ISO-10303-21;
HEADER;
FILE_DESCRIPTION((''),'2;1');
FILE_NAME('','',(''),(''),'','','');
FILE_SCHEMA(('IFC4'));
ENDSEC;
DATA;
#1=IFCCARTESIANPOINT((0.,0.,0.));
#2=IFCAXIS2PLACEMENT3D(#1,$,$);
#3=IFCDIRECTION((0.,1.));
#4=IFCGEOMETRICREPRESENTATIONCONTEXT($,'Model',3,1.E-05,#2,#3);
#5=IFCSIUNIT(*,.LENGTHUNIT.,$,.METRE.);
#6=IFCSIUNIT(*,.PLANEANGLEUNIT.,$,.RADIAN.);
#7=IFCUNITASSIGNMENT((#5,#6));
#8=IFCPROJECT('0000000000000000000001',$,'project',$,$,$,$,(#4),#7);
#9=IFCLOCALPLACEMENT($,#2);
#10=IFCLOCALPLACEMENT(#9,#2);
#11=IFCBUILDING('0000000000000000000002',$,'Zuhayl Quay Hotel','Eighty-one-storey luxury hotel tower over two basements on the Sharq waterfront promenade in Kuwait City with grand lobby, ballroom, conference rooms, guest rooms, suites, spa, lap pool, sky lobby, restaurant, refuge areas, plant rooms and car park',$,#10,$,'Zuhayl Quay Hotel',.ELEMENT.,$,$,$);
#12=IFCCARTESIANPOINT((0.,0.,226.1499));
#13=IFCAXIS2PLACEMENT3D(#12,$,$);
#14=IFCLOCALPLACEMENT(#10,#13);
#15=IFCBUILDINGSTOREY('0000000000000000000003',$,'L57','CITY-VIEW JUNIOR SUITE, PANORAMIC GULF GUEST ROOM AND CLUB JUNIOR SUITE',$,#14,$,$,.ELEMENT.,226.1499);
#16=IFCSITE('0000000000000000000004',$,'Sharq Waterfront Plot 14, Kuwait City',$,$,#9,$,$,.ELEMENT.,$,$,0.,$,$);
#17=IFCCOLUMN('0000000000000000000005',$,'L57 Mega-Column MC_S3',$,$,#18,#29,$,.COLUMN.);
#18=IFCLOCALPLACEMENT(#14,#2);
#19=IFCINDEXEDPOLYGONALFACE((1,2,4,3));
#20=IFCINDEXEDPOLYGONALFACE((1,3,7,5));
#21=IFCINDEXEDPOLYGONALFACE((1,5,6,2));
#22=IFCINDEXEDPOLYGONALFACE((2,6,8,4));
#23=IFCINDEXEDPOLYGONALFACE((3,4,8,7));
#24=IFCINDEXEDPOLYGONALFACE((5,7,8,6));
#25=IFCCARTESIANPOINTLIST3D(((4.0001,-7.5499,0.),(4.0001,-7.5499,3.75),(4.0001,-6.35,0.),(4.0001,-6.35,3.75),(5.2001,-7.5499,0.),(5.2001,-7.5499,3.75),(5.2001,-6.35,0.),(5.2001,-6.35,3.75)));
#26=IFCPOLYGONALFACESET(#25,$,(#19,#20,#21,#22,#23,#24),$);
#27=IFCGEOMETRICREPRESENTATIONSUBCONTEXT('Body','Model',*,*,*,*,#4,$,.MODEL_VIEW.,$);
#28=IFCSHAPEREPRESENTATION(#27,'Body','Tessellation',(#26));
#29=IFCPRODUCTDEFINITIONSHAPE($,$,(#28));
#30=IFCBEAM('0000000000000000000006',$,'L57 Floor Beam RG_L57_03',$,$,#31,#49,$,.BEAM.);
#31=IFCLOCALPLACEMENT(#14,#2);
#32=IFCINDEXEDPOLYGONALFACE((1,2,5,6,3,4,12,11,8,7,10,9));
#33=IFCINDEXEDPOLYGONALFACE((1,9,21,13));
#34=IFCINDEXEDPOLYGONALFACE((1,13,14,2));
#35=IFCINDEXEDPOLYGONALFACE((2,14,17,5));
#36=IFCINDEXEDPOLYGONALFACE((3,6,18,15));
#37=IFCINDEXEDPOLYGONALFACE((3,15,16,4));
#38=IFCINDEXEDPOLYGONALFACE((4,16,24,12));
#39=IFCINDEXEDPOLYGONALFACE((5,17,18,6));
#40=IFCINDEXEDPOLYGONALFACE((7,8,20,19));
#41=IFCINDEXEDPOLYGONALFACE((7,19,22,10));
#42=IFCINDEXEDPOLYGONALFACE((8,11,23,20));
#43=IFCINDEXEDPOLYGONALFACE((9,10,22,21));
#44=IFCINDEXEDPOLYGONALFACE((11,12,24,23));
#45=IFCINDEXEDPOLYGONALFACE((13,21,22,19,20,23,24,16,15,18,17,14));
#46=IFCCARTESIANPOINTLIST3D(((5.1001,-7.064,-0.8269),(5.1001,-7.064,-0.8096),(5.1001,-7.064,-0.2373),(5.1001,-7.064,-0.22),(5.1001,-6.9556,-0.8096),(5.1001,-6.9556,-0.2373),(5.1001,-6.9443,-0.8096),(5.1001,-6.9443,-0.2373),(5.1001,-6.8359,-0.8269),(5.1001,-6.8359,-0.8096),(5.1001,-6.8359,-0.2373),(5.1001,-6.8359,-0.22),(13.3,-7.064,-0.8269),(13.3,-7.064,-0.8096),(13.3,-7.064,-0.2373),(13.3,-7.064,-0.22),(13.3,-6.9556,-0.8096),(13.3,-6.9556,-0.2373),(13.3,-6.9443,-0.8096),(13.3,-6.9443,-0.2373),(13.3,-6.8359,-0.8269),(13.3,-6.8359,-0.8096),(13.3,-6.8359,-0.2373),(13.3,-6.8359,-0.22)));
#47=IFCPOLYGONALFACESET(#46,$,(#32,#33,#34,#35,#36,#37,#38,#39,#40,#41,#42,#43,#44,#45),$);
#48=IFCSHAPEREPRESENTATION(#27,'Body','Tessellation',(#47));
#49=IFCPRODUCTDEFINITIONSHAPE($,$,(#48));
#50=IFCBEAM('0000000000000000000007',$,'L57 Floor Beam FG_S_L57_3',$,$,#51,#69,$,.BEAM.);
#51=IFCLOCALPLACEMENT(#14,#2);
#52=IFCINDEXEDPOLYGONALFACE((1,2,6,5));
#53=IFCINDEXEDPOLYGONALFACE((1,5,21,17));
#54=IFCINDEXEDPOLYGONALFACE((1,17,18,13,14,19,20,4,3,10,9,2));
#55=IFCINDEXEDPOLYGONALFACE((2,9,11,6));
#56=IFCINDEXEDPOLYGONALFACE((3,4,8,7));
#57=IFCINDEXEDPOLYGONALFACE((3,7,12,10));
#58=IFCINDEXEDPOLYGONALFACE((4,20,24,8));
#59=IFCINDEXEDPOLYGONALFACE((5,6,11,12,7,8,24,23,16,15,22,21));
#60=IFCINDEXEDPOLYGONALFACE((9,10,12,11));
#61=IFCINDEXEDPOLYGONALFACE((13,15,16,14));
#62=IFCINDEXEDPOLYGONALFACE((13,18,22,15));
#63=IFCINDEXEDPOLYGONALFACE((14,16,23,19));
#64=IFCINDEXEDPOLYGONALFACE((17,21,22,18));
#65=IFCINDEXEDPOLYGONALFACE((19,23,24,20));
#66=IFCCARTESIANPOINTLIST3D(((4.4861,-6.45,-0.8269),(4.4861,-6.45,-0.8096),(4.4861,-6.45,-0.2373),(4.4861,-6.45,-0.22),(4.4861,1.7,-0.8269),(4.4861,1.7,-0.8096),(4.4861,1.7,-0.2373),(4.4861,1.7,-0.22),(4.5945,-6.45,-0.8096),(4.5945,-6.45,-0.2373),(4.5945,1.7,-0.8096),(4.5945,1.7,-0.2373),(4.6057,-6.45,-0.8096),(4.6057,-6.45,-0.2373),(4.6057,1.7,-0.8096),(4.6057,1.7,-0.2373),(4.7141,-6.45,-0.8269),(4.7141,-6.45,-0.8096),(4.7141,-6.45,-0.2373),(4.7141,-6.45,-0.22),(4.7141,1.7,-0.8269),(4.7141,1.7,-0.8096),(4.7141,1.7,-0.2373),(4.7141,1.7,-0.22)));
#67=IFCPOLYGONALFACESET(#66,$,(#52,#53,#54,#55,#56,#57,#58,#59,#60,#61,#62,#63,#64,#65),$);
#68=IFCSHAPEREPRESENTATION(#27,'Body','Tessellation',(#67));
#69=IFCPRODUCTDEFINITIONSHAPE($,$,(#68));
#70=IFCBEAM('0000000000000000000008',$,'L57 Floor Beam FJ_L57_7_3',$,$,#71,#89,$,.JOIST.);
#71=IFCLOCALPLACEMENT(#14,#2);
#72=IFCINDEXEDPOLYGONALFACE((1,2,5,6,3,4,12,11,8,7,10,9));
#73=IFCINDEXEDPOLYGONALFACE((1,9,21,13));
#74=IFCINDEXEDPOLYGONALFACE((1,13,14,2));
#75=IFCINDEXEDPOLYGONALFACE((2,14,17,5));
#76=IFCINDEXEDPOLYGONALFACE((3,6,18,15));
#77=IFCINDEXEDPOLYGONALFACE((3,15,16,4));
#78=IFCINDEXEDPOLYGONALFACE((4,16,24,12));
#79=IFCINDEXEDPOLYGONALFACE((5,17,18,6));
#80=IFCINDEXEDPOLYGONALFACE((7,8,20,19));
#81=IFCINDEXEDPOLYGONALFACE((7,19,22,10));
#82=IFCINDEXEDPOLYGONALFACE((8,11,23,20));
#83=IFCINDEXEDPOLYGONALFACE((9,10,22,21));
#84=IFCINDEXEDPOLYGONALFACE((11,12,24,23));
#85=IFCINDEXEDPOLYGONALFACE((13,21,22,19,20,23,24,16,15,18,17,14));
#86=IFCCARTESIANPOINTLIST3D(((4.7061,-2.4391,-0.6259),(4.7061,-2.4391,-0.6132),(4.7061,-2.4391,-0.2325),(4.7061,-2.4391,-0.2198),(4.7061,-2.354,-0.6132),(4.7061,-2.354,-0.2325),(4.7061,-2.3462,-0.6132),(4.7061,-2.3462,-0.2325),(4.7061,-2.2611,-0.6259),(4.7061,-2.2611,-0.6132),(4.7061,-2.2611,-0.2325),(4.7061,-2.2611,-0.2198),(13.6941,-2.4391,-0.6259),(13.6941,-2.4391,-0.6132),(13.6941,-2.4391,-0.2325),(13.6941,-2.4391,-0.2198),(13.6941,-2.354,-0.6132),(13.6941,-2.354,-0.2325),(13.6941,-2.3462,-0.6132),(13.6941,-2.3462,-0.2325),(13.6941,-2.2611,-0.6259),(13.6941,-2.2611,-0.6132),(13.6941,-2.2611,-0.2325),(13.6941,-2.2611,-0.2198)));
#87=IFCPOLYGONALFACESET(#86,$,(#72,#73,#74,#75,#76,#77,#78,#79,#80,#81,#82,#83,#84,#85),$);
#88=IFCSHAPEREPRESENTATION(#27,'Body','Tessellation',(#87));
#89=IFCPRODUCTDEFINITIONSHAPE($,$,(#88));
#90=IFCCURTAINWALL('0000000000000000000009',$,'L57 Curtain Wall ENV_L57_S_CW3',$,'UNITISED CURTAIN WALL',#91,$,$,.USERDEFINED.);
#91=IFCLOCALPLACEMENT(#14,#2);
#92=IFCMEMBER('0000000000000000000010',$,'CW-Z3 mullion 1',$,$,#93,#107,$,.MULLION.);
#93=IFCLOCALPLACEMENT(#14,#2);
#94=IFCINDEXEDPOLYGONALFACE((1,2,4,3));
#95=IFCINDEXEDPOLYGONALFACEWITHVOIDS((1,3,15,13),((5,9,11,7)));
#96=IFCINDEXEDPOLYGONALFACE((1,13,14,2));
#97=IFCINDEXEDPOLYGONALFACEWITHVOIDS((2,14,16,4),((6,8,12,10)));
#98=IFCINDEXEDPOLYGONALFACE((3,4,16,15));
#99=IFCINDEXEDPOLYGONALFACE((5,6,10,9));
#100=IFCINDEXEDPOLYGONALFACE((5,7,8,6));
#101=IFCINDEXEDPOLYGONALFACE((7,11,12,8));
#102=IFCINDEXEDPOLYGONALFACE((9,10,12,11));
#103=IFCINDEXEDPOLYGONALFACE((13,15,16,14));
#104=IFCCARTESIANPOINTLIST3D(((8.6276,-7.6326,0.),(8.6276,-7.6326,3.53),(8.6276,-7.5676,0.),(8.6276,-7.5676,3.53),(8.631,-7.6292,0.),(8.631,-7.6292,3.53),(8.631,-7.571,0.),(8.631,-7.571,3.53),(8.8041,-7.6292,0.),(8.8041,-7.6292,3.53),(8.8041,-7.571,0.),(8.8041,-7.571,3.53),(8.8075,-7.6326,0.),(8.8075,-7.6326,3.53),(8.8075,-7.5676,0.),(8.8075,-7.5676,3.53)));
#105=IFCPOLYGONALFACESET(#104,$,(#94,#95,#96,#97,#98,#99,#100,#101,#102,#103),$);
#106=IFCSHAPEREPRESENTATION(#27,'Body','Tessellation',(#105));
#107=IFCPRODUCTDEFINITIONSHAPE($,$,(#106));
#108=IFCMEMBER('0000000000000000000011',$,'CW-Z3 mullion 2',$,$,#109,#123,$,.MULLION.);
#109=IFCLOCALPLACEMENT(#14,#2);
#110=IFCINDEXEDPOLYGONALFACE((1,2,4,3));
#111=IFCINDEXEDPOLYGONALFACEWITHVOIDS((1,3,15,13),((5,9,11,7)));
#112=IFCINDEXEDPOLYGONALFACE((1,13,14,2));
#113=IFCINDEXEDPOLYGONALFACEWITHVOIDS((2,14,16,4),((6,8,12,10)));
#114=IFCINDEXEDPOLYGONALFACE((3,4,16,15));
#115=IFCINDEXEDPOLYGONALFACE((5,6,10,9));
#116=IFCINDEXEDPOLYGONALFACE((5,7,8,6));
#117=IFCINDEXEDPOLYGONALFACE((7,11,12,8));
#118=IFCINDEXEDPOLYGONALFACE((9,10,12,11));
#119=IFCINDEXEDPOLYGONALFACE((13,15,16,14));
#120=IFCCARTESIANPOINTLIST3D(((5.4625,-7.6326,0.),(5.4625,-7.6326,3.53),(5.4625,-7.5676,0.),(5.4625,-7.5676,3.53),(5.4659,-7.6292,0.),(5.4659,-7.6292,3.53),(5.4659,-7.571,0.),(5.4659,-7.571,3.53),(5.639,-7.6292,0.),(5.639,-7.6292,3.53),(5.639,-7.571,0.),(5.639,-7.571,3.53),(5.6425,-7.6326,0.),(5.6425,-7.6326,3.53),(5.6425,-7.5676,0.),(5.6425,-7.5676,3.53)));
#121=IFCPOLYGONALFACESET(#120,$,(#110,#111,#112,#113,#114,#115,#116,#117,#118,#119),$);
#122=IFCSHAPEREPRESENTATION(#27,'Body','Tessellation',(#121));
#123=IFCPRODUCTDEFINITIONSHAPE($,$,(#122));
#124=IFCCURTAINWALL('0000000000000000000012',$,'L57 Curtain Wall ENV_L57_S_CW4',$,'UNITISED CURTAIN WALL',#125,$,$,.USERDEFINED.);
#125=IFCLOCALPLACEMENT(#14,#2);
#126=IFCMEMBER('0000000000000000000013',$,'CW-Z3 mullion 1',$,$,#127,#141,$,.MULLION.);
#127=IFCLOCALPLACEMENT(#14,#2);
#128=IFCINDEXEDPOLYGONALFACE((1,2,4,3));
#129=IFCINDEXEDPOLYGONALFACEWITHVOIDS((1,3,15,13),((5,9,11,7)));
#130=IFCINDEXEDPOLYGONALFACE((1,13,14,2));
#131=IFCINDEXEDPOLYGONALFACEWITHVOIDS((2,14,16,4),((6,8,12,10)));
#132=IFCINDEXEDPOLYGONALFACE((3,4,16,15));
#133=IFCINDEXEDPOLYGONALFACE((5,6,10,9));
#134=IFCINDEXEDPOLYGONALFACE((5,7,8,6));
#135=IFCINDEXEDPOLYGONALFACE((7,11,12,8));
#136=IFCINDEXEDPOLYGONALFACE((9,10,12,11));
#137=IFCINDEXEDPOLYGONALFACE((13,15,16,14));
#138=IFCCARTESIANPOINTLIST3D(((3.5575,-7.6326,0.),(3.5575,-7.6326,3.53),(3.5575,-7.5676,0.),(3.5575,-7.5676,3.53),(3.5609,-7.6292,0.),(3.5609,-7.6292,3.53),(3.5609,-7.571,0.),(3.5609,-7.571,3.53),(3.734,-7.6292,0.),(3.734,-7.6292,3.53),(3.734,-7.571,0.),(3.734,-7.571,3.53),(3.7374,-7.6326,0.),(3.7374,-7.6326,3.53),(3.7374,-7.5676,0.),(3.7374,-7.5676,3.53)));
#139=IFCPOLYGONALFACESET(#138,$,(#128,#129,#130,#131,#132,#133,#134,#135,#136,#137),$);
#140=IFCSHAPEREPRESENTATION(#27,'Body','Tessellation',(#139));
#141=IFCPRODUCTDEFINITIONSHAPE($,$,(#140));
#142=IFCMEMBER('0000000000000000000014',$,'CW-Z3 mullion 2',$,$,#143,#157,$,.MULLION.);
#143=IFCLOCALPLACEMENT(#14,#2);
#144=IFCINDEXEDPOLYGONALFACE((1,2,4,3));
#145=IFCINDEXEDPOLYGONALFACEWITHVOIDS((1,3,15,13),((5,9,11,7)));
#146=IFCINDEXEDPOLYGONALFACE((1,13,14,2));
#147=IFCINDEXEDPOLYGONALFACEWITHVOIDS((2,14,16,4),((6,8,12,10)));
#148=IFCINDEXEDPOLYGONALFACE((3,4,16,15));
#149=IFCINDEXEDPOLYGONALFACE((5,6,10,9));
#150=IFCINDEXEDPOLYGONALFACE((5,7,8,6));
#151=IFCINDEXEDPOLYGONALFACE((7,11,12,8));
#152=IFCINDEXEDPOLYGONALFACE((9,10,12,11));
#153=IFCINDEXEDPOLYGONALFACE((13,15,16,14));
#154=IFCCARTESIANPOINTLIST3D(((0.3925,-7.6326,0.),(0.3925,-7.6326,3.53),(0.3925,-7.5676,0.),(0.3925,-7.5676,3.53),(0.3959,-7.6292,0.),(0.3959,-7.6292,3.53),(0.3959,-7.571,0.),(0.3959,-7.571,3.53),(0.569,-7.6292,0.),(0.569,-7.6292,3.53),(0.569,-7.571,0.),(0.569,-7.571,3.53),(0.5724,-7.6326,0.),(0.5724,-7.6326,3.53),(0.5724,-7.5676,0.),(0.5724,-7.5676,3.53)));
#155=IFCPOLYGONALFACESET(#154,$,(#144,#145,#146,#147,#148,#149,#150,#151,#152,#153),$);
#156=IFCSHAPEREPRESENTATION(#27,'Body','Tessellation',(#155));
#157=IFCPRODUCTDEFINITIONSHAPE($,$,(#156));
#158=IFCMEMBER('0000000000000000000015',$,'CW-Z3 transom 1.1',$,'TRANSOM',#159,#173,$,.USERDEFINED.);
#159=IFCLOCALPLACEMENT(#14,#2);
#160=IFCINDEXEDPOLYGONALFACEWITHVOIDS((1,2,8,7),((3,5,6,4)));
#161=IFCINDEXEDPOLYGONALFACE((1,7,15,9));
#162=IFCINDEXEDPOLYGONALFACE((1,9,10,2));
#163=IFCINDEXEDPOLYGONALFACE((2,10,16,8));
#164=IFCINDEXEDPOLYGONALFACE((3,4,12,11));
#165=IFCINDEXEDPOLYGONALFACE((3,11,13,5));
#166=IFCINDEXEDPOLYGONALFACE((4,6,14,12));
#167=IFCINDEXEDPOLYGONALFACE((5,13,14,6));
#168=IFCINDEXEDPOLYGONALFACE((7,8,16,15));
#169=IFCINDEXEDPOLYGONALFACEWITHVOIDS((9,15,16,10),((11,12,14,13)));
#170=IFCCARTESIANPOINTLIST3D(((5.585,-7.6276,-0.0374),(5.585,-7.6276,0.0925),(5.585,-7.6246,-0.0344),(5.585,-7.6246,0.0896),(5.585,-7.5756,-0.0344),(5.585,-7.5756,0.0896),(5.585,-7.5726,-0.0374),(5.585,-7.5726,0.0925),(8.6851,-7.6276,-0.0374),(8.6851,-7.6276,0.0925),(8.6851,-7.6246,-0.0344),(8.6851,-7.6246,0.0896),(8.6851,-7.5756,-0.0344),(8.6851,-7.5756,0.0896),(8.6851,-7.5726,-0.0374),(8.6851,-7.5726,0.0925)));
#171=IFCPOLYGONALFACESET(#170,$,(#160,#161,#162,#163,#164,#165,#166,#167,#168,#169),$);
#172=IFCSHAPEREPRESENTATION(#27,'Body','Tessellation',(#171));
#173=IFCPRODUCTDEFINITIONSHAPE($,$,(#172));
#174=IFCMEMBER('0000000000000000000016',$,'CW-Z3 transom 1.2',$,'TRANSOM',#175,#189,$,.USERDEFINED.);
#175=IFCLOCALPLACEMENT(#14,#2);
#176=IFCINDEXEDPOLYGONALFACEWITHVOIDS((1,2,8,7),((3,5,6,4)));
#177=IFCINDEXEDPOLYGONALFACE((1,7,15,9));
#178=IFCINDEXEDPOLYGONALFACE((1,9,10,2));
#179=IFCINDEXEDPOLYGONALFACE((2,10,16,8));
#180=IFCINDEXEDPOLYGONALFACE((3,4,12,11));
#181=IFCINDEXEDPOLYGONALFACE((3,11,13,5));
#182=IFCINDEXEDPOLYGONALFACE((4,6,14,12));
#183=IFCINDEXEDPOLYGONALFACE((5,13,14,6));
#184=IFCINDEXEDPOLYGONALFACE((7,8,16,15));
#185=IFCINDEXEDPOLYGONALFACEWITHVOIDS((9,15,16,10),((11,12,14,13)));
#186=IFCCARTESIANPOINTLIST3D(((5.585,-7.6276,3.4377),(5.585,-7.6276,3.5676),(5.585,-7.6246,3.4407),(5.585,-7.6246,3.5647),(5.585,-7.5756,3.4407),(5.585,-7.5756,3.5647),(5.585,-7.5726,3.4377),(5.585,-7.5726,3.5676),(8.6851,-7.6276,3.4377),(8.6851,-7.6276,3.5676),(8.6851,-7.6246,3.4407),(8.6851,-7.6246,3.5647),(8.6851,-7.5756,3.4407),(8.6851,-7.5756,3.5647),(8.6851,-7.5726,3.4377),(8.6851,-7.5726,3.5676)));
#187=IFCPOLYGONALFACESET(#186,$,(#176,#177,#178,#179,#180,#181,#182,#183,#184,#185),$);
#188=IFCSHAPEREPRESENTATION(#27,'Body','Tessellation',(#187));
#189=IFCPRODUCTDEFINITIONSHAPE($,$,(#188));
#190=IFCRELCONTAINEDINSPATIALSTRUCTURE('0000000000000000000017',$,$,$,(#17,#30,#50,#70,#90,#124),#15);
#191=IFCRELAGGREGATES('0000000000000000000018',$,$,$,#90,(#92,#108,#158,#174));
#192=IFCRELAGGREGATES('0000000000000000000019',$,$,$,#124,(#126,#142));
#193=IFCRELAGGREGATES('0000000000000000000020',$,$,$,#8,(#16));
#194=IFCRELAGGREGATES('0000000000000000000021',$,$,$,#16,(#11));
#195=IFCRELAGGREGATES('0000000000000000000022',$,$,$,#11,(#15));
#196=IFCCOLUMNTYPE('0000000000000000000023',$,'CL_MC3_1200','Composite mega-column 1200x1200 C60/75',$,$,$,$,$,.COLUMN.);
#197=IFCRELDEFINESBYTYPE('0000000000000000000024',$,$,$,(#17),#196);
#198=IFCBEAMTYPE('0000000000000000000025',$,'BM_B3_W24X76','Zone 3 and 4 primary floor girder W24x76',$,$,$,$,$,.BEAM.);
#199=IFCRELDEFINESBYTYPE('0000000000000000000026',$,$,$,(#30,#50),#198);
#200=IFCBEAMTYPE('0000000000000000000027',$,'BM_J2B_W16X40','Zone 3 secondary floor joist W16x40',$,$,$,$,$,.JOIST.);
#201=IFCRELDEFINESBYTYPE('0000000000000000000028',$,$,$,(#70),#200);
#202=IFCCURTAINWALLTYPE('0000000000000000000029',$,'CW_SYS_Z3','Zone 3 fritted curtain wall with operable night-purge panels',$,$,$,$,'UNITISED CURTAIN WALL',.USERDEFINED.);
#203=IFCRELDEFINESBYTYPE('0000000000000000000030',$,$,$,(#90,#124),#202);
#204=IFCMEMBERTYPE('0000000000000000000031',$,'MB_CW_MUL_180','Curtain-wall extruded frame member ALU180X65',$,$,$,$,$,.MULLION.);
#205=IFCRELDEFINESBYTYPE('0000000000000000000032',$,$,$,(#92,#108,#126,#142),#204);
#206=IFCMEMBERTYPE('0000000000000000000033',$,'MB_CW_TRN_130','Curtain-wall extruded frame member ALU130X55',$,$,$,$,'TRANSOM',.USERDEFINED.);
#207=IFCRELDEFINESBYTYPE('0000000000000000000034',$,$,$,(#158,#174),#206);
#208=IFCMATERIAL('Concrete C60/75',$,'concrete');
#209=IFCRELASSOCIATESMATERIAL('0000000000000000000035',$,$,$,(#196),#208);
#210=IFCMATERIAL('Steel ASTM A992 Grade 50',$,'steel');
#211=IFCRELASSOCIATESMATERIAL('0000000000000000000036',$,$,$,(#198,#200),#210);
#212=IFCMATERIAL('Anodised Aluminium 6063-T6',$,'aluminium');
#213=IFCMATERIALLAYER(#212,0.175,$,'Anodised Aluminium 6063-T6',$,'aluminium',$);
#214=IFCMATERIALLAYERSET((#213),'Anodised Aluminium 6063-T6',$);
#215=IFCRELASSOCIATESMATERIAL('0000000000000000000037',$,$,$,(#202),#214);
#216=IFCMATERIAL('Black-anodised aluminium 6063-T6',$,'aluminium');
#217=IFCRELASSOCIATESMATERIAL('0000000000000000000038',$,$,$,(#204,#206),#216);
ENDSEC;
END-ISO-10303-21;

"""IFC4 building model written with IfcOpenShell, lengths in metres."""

from ifc_helpers import new_model, si_unit, direction, frame, origin, origin_2d, place, context, subcontext, project, spatial, rectangle, hollow_rectangle, i_section, extrude, material, layer, layer_set, material_profile, profile_set, type_object, element, aggregate, save


model = new_model("IFC4")

# Units and contexts
model_context = context("Model", 3, precision=1e-05, world=origin(), true_north=direction((0.0, 1.0)))
body_context = subcontext(model_context, "Body", "Model", "MODEL_VIEW")
ifc_project = project(units=[si_unit("LENGTHUNIT", "METRE"), si_unit("PLANEANGLEUNIT", "RADIAN")], contexts=[model_context])

# Site, building, storey
site_placement = place(None, origin())
site = spatial("IfcSite", under=ifc_project, at=site_placement, Name="Sharq Waterfront Plot 14, Kuwait City", CompositionType="ELEMENT", RefElevation=0.0)
building_placement = place(site_placement, origin())
building = spatial("IfcBuilding", under=site, at=building_placement, Name="Zuhayl Quay Hotel", Description="Eighty-one-storey luxury hotel tower over two basements on the Sharq waterfront promenade in Kuwait City with grand lobby, ballroom, conference rooms, guest rooms, suites, spa, lap pool, sky lobby, restaurant, refuge areas, plant rooms and car park", LongName="Zuhayl Quay Hotel", CompositionType="ELEMENT")
storey_placement = place(building_placement, frame((0.0, 0.0, 226.1499)))
storey = spatial("IfcBuildingStorey", under=building, at=storey_placement, Name="L57", Description="CITY-VIEW JUNIOR SUITE, PANORAMIC GULF GUEST ROOM AND CLUB JUNIOR SUITE", CompositionType="ELEMENT", Elevation=226.1499)

# Column
ifc_material_1 = material(Name="Concrete C60/75", Category="concrete")
ifc_material_profile_1 = material_profile(ifc_material_1, rectangle(XDim=1.2, YDim=1.2, at=origin_2d()), Name="RC1200X1200")
ifc_profile_set_1 = profile_set([ifc_material_profile_1], Name="Concrete C60/75")
column_type = type_object("IfcColumnType", Name="CL_MC3_1200", Description="Composite mega-column 1200x1200 C60/75", PredefinedType="COLUMN", material=ifc_profile_set_1)
column_placement = place(storey_placement, frame((4.6001, -6.95, 0.0), z_axis=(0.0, 0.0, 1.0), x_axis=(1.0, 0.0, 0.0)))
element("IfcColumn", 1, at=column_placement, inside=storey, type_object=column_type, Name="L57 Mega-Column MC_S3", PredefinedType="COLUMN", context=body_context, shape_type="SweptSolid", body=[
    extrude(rectangle(XDim=1.2, YDim=1.2, at=origin_2d()), origin(), (0.0, 0.0, 1.0), 3.75),
])

# Beams
ifc_material_2 = material(Name="Steel ASTM A992 Grade 50", Category="steel")
ifc_material_profile_2 = material_profile(ifc_material_2, i_section(OverallWidth=0.228, OverallDepth=0.6069, WebThickness=0.0112, FlangeThickness=0.0173, at=origin_2d()), Name="W24X76")
ifc_profile_set_2 = profile_set([ifc_material_profile_2], Name="Steel ASTM A992 Grade 50")
beam_type_1 = type_object("IfcBeamType", Name="BM_B3_W24X76", Description="Zone 3 and 4 primary floor girder W24x76", PredefinedType="BEAM", material=ifc_profile_set_2)
beam_1_placement = place(storey_placement, frame((5.1001, -6.95, -0.5234), z_axis=(1.0, 0.0, 0.0), x_axis=(0.0, 1.0, 0.0)))
element("IfcBeam", 2, at=beam_1_placement, inside=storey, type_object=beam_type_1, Name="L57 Floor Beam RG_L57_03", PredefinedType="BEAM", context=body_context, shape_type="SweptSolid", body=[
    extrude(i_section(OverallWidth=0.228, OverallDepth=0.6069, WebThickness=0.0112, FlangeThickness=0.0173, at=origin_2d()), origin(), (0.0, 0.0, 1.0), 8.2),
])
beam_2_placement = place(storey_placement, frame((4.6001, -6.45, -0.5234), z_axis=(0.0, 1.0, 0.0), x_axis=(-1.0, 0.0, 0.0)))
element("IfcBeam", 3, at=beam_2_placement, inside=storey, type_object=beam_type_1, Name="L57 Floor Beam FG_S_L57_3", PredefinedType="BEAM", context=body_context, shape_type="SweptSolid", body=[
    extrude(i_section(OverallWidth=0.228, OverallDepth=0.6069, WebThickness=0.0112, FlangeThickness=0.0173, at=origin_2d()), origin(), (0.0, 0.0, 1.0), 8.1499),
])
ifc_material_profile_3 = material_profile(ifc_material_2, i_section(OverallWidth=0.178, OverallDepth=0.406, WebThickness=0.0078, FlangeThickness=0.0127, at=origin_2d()), Name="W16X40")
ifc_profile_set_3 = profile_set([ifc_material_profile_3], Name="Steel ASTM A992 Grade 50")
beam_type_2 = type_object("IfcBeamType", Name="BM_J2B_W16X40", Description="Zone 3 secondary floor joist W16x40", PredefinedType="JOIST", material=ifc_profile_set_3)
beam_3_placement = place(storey_placement, frame((4.7061, -2.3501, -0.4229), z_axis=(1.0, 0.0, 0.0), x_axis=(0.0, 1.0, 0.0)))
element("IfcBeam", 4, at=beam_3_placement, inside=storey, type_object=beam_type_2, Name="L57 Floor Beam FJ_L57_7_3", PredefinedType="JOIST", context=body_context, shape_type="SweptSolid", body=[
    extrude(i_section(OverallWidth=0.178, OverallDepth=0.406, WebThickness=0.0078, FlangeThickness=0.0127, at=origin_2d()), origin(), (0.0, 0.0, 1.0), 8.988),
])

# Curtain walls, members
ifc_material_3 = material(Name="Anodised Aluminium 6063-T6", Category="aluminium")
ifc_layer_1 = layer(ifc_material_3, 0.175, Name="Anodised Aluminium 6063-T6", Category="aluminium")
ifc_layer_set_1 = layer_set([ifc_layer_1], Name="Anodised Aluminium 6063-T6")
curtain_wall_type = type_object("IfcCurtainWallType", Name="CW_SYS_Z3", Description="Zone 3 fritted curtain wall with operable night-purge panels", ElementType="UNITISED CURTAIN WALL", PredefinedType="USERDEFINED", material=ifc_layer_set_1)
curtain_wall_1_placement = place(storey_placement, origin())
curtain_wall_1 = element("IfcCurtainWall", 5, at=curtain_wall_1_placement, inside=storey, type_object=curtain_wall_type, Name="L57 Curtain Wall ENV_L57_S_CW3", ObjectType="UNITISED CURTAIN WALL", PredefinedType="USERDEFINED")
ifc_material_4 = material(Name="Black-anodised aluminium 6063-T6", Category="aluminium")
ifc_material_profile_4 = material_profile(ifc_material_4, hollow_rectangle(XDim=0.0649, YDim=0.1799, WallThickness=0.0034, at=origin_2d()), Name="ALU180X65")
ifc_profile_set_4 = profile_set([ifc_material_profile_4], Name="Black-anodised aluminium 6063-T6")
member_type_1 = type_object("IfcMemberType", Name="MB_CW_MUL_180", Description="Curtain-wall extruded frame member ALU180X65", PredefinedType="MULLION", material=ifc_profile_set_4)
member_1_placement = place(storey_placement, frame((8.7175, -7.6001, 0.0), z_axis=(0.0, 0.0, 1.0), x_axis=(0.0, -1.0, 0.0)))
member_1 = element("IfcMember", 6, at=member_1_placement, type_object=member_type_1, Name="CW-Z3 mullion 1", PredefinedType="MULLION", context=body_context, shape_type="SweptSolid", body=[
    extrude(hollow_rectangle(XDim=0.0649, YDim=0.1799, WallThickness=0.0034, at=origin_2d()), origin(), (0.0, 0.0, 1.0), 3.53),
])
member_2_placement = place(storey_placement, frame((5.5525, -7.6001, 0.0), z_axis=(0.0, 0.0, 1.0), x_axis=(0.0, -1.0, 0.0)))
member_2 = element("IfcMember", 7, at=member_2_placement, type_object=member_type_1, Name="CW-Z3 mullion 2", PredefinedType="MULLION", context=body_context, shape_type="SweptSolid", body=[
    extrude(hollow_rectangle(XDim=0.0649, YDim=0.1799, WallThickness=0.0034, at=origin_2d()), origin(), (0.0, 0.0, 1.0), 3.53),
])
curtain_wall_2_placement = place(storey_placement, origin())
curtain_wall_2 = element("IfcCurtainWall", 8, at=curtain_wall_2_placement, inside=storey, type_object=curtain_wall_type, Name="L57 Curtain Wall ENV_L57_S_CW4", ObjectType="UNITISED CURTAIN WALL", PredefinedType="USERDEFINED")
member_3_placement = place(storey_placement, frame((3.6475, -7.6001, 0.0), z_axis=(0.0, 0.0, 1.0), x_axis=(0.0, -1.0, 0.0)))
member_3 = element("IfcMember", 9, at=member_3_placement, type_object=member_type_1, Name="CW-Z3 mullion 1", PredefinedType="MULLION", context=body_context, shape_type="SweptSolid", body=[
    extrude(hollow_rectangle(XDim=0.0649, YDim=0.1799, WallThickness=0.0034, at=origin_2d()), origin(), (0.0, 0.0, 1.0), 3.53),
])
member_4_placement = place(storey_placement, frame((0.4824, -7.6001, 0.0), z_axis=(0.0, 0.0, 1.0), x_axis=(0.0, -1.0, 0.0)))
member_4 = element("IfcMember", 10, at=member_4_placement, type_object=member_type_1, Name="CW-Z3 mullion 2", PredefinedType="MULLION", context=body_context, shape_type="SweptSolid", body=[
    extrude(hollow_rectangle(XDim=0.0649, YDim=0.1799, WallThickness=0.0034, at=origin_2d()), origin(), (0.0, 0.0, 1.0), 3.53),
])

# Members
ifc_material_profile_5 = material_profile(ifc_material_4, hollow_rectangle(XDim=0.0549, YDim=0.1299, WallThickness=0.0029, at=origin_2d()), Name="ALU130X55")
ifc_profile_set_5 = profile_set([ifc_material_profile_5], Name="Black-anodised aluminium 6063-T6")
member_type_2 = type_object("IfcMemberType", Name="MB_CW_TRN_130", Description="Curtain-wall extruded frame member ALU130X55", ElementType="TRANSOM", PredefinedType="USERDEFINED", material=ifc_profile_set_5)
member_5_placement = place(storey_placement, frame((8.6851, -7.6001, 0.0276), z_axis=(-1.0, 0.0, 0.0), x_axis=(0.0, -1.0, 0.0)))
member_5 = element("IfcMember", 11, at=member_5_placement, type_object=member_type_2, Name="CW-Z3 transom 1.1", ObjectType="TRANSOM", PredefinedType="USERDEFINED", context=body_context, shape_type="SweptSolid", body=[
    extrude(hollow_rectangle(XDim=0.0549, YDim=0.1299, WallThickness=0.0029, at=origin_2d()), origin(), (0.0, 0.0, 1.0), 3.1001),
])
member_6_placement = place(storey_placement, frame((8.6851, -7.6001, 3.5027), z_axis=(-1.0, 0.0, 0.0), x_axis=(0.0, -1.0, 0.0)))
member_6 = element("IfcMember", 12, at=member_6_placement, type_object=member_type_2, Name="CW-Z3 transom 1.2", ObjectType="TRANSOM", PredefinedType="USERDEFINED", context=body_context, shape_type="SweptSolid", body=[
    extrude(hollow_rectangle(XDim=0.0549, YDim=0.1299, WallThickness=0.0029, at=origin_2d()), origin(), (0.0, 0.0, 1.0), 3.1001),
])

aggregate(curtain_wall_1, [member_1, member_2, member_5, member_6])
aggregate(curtain_wall_2, [member_3, member_4])

save(model, "model.ifc")
